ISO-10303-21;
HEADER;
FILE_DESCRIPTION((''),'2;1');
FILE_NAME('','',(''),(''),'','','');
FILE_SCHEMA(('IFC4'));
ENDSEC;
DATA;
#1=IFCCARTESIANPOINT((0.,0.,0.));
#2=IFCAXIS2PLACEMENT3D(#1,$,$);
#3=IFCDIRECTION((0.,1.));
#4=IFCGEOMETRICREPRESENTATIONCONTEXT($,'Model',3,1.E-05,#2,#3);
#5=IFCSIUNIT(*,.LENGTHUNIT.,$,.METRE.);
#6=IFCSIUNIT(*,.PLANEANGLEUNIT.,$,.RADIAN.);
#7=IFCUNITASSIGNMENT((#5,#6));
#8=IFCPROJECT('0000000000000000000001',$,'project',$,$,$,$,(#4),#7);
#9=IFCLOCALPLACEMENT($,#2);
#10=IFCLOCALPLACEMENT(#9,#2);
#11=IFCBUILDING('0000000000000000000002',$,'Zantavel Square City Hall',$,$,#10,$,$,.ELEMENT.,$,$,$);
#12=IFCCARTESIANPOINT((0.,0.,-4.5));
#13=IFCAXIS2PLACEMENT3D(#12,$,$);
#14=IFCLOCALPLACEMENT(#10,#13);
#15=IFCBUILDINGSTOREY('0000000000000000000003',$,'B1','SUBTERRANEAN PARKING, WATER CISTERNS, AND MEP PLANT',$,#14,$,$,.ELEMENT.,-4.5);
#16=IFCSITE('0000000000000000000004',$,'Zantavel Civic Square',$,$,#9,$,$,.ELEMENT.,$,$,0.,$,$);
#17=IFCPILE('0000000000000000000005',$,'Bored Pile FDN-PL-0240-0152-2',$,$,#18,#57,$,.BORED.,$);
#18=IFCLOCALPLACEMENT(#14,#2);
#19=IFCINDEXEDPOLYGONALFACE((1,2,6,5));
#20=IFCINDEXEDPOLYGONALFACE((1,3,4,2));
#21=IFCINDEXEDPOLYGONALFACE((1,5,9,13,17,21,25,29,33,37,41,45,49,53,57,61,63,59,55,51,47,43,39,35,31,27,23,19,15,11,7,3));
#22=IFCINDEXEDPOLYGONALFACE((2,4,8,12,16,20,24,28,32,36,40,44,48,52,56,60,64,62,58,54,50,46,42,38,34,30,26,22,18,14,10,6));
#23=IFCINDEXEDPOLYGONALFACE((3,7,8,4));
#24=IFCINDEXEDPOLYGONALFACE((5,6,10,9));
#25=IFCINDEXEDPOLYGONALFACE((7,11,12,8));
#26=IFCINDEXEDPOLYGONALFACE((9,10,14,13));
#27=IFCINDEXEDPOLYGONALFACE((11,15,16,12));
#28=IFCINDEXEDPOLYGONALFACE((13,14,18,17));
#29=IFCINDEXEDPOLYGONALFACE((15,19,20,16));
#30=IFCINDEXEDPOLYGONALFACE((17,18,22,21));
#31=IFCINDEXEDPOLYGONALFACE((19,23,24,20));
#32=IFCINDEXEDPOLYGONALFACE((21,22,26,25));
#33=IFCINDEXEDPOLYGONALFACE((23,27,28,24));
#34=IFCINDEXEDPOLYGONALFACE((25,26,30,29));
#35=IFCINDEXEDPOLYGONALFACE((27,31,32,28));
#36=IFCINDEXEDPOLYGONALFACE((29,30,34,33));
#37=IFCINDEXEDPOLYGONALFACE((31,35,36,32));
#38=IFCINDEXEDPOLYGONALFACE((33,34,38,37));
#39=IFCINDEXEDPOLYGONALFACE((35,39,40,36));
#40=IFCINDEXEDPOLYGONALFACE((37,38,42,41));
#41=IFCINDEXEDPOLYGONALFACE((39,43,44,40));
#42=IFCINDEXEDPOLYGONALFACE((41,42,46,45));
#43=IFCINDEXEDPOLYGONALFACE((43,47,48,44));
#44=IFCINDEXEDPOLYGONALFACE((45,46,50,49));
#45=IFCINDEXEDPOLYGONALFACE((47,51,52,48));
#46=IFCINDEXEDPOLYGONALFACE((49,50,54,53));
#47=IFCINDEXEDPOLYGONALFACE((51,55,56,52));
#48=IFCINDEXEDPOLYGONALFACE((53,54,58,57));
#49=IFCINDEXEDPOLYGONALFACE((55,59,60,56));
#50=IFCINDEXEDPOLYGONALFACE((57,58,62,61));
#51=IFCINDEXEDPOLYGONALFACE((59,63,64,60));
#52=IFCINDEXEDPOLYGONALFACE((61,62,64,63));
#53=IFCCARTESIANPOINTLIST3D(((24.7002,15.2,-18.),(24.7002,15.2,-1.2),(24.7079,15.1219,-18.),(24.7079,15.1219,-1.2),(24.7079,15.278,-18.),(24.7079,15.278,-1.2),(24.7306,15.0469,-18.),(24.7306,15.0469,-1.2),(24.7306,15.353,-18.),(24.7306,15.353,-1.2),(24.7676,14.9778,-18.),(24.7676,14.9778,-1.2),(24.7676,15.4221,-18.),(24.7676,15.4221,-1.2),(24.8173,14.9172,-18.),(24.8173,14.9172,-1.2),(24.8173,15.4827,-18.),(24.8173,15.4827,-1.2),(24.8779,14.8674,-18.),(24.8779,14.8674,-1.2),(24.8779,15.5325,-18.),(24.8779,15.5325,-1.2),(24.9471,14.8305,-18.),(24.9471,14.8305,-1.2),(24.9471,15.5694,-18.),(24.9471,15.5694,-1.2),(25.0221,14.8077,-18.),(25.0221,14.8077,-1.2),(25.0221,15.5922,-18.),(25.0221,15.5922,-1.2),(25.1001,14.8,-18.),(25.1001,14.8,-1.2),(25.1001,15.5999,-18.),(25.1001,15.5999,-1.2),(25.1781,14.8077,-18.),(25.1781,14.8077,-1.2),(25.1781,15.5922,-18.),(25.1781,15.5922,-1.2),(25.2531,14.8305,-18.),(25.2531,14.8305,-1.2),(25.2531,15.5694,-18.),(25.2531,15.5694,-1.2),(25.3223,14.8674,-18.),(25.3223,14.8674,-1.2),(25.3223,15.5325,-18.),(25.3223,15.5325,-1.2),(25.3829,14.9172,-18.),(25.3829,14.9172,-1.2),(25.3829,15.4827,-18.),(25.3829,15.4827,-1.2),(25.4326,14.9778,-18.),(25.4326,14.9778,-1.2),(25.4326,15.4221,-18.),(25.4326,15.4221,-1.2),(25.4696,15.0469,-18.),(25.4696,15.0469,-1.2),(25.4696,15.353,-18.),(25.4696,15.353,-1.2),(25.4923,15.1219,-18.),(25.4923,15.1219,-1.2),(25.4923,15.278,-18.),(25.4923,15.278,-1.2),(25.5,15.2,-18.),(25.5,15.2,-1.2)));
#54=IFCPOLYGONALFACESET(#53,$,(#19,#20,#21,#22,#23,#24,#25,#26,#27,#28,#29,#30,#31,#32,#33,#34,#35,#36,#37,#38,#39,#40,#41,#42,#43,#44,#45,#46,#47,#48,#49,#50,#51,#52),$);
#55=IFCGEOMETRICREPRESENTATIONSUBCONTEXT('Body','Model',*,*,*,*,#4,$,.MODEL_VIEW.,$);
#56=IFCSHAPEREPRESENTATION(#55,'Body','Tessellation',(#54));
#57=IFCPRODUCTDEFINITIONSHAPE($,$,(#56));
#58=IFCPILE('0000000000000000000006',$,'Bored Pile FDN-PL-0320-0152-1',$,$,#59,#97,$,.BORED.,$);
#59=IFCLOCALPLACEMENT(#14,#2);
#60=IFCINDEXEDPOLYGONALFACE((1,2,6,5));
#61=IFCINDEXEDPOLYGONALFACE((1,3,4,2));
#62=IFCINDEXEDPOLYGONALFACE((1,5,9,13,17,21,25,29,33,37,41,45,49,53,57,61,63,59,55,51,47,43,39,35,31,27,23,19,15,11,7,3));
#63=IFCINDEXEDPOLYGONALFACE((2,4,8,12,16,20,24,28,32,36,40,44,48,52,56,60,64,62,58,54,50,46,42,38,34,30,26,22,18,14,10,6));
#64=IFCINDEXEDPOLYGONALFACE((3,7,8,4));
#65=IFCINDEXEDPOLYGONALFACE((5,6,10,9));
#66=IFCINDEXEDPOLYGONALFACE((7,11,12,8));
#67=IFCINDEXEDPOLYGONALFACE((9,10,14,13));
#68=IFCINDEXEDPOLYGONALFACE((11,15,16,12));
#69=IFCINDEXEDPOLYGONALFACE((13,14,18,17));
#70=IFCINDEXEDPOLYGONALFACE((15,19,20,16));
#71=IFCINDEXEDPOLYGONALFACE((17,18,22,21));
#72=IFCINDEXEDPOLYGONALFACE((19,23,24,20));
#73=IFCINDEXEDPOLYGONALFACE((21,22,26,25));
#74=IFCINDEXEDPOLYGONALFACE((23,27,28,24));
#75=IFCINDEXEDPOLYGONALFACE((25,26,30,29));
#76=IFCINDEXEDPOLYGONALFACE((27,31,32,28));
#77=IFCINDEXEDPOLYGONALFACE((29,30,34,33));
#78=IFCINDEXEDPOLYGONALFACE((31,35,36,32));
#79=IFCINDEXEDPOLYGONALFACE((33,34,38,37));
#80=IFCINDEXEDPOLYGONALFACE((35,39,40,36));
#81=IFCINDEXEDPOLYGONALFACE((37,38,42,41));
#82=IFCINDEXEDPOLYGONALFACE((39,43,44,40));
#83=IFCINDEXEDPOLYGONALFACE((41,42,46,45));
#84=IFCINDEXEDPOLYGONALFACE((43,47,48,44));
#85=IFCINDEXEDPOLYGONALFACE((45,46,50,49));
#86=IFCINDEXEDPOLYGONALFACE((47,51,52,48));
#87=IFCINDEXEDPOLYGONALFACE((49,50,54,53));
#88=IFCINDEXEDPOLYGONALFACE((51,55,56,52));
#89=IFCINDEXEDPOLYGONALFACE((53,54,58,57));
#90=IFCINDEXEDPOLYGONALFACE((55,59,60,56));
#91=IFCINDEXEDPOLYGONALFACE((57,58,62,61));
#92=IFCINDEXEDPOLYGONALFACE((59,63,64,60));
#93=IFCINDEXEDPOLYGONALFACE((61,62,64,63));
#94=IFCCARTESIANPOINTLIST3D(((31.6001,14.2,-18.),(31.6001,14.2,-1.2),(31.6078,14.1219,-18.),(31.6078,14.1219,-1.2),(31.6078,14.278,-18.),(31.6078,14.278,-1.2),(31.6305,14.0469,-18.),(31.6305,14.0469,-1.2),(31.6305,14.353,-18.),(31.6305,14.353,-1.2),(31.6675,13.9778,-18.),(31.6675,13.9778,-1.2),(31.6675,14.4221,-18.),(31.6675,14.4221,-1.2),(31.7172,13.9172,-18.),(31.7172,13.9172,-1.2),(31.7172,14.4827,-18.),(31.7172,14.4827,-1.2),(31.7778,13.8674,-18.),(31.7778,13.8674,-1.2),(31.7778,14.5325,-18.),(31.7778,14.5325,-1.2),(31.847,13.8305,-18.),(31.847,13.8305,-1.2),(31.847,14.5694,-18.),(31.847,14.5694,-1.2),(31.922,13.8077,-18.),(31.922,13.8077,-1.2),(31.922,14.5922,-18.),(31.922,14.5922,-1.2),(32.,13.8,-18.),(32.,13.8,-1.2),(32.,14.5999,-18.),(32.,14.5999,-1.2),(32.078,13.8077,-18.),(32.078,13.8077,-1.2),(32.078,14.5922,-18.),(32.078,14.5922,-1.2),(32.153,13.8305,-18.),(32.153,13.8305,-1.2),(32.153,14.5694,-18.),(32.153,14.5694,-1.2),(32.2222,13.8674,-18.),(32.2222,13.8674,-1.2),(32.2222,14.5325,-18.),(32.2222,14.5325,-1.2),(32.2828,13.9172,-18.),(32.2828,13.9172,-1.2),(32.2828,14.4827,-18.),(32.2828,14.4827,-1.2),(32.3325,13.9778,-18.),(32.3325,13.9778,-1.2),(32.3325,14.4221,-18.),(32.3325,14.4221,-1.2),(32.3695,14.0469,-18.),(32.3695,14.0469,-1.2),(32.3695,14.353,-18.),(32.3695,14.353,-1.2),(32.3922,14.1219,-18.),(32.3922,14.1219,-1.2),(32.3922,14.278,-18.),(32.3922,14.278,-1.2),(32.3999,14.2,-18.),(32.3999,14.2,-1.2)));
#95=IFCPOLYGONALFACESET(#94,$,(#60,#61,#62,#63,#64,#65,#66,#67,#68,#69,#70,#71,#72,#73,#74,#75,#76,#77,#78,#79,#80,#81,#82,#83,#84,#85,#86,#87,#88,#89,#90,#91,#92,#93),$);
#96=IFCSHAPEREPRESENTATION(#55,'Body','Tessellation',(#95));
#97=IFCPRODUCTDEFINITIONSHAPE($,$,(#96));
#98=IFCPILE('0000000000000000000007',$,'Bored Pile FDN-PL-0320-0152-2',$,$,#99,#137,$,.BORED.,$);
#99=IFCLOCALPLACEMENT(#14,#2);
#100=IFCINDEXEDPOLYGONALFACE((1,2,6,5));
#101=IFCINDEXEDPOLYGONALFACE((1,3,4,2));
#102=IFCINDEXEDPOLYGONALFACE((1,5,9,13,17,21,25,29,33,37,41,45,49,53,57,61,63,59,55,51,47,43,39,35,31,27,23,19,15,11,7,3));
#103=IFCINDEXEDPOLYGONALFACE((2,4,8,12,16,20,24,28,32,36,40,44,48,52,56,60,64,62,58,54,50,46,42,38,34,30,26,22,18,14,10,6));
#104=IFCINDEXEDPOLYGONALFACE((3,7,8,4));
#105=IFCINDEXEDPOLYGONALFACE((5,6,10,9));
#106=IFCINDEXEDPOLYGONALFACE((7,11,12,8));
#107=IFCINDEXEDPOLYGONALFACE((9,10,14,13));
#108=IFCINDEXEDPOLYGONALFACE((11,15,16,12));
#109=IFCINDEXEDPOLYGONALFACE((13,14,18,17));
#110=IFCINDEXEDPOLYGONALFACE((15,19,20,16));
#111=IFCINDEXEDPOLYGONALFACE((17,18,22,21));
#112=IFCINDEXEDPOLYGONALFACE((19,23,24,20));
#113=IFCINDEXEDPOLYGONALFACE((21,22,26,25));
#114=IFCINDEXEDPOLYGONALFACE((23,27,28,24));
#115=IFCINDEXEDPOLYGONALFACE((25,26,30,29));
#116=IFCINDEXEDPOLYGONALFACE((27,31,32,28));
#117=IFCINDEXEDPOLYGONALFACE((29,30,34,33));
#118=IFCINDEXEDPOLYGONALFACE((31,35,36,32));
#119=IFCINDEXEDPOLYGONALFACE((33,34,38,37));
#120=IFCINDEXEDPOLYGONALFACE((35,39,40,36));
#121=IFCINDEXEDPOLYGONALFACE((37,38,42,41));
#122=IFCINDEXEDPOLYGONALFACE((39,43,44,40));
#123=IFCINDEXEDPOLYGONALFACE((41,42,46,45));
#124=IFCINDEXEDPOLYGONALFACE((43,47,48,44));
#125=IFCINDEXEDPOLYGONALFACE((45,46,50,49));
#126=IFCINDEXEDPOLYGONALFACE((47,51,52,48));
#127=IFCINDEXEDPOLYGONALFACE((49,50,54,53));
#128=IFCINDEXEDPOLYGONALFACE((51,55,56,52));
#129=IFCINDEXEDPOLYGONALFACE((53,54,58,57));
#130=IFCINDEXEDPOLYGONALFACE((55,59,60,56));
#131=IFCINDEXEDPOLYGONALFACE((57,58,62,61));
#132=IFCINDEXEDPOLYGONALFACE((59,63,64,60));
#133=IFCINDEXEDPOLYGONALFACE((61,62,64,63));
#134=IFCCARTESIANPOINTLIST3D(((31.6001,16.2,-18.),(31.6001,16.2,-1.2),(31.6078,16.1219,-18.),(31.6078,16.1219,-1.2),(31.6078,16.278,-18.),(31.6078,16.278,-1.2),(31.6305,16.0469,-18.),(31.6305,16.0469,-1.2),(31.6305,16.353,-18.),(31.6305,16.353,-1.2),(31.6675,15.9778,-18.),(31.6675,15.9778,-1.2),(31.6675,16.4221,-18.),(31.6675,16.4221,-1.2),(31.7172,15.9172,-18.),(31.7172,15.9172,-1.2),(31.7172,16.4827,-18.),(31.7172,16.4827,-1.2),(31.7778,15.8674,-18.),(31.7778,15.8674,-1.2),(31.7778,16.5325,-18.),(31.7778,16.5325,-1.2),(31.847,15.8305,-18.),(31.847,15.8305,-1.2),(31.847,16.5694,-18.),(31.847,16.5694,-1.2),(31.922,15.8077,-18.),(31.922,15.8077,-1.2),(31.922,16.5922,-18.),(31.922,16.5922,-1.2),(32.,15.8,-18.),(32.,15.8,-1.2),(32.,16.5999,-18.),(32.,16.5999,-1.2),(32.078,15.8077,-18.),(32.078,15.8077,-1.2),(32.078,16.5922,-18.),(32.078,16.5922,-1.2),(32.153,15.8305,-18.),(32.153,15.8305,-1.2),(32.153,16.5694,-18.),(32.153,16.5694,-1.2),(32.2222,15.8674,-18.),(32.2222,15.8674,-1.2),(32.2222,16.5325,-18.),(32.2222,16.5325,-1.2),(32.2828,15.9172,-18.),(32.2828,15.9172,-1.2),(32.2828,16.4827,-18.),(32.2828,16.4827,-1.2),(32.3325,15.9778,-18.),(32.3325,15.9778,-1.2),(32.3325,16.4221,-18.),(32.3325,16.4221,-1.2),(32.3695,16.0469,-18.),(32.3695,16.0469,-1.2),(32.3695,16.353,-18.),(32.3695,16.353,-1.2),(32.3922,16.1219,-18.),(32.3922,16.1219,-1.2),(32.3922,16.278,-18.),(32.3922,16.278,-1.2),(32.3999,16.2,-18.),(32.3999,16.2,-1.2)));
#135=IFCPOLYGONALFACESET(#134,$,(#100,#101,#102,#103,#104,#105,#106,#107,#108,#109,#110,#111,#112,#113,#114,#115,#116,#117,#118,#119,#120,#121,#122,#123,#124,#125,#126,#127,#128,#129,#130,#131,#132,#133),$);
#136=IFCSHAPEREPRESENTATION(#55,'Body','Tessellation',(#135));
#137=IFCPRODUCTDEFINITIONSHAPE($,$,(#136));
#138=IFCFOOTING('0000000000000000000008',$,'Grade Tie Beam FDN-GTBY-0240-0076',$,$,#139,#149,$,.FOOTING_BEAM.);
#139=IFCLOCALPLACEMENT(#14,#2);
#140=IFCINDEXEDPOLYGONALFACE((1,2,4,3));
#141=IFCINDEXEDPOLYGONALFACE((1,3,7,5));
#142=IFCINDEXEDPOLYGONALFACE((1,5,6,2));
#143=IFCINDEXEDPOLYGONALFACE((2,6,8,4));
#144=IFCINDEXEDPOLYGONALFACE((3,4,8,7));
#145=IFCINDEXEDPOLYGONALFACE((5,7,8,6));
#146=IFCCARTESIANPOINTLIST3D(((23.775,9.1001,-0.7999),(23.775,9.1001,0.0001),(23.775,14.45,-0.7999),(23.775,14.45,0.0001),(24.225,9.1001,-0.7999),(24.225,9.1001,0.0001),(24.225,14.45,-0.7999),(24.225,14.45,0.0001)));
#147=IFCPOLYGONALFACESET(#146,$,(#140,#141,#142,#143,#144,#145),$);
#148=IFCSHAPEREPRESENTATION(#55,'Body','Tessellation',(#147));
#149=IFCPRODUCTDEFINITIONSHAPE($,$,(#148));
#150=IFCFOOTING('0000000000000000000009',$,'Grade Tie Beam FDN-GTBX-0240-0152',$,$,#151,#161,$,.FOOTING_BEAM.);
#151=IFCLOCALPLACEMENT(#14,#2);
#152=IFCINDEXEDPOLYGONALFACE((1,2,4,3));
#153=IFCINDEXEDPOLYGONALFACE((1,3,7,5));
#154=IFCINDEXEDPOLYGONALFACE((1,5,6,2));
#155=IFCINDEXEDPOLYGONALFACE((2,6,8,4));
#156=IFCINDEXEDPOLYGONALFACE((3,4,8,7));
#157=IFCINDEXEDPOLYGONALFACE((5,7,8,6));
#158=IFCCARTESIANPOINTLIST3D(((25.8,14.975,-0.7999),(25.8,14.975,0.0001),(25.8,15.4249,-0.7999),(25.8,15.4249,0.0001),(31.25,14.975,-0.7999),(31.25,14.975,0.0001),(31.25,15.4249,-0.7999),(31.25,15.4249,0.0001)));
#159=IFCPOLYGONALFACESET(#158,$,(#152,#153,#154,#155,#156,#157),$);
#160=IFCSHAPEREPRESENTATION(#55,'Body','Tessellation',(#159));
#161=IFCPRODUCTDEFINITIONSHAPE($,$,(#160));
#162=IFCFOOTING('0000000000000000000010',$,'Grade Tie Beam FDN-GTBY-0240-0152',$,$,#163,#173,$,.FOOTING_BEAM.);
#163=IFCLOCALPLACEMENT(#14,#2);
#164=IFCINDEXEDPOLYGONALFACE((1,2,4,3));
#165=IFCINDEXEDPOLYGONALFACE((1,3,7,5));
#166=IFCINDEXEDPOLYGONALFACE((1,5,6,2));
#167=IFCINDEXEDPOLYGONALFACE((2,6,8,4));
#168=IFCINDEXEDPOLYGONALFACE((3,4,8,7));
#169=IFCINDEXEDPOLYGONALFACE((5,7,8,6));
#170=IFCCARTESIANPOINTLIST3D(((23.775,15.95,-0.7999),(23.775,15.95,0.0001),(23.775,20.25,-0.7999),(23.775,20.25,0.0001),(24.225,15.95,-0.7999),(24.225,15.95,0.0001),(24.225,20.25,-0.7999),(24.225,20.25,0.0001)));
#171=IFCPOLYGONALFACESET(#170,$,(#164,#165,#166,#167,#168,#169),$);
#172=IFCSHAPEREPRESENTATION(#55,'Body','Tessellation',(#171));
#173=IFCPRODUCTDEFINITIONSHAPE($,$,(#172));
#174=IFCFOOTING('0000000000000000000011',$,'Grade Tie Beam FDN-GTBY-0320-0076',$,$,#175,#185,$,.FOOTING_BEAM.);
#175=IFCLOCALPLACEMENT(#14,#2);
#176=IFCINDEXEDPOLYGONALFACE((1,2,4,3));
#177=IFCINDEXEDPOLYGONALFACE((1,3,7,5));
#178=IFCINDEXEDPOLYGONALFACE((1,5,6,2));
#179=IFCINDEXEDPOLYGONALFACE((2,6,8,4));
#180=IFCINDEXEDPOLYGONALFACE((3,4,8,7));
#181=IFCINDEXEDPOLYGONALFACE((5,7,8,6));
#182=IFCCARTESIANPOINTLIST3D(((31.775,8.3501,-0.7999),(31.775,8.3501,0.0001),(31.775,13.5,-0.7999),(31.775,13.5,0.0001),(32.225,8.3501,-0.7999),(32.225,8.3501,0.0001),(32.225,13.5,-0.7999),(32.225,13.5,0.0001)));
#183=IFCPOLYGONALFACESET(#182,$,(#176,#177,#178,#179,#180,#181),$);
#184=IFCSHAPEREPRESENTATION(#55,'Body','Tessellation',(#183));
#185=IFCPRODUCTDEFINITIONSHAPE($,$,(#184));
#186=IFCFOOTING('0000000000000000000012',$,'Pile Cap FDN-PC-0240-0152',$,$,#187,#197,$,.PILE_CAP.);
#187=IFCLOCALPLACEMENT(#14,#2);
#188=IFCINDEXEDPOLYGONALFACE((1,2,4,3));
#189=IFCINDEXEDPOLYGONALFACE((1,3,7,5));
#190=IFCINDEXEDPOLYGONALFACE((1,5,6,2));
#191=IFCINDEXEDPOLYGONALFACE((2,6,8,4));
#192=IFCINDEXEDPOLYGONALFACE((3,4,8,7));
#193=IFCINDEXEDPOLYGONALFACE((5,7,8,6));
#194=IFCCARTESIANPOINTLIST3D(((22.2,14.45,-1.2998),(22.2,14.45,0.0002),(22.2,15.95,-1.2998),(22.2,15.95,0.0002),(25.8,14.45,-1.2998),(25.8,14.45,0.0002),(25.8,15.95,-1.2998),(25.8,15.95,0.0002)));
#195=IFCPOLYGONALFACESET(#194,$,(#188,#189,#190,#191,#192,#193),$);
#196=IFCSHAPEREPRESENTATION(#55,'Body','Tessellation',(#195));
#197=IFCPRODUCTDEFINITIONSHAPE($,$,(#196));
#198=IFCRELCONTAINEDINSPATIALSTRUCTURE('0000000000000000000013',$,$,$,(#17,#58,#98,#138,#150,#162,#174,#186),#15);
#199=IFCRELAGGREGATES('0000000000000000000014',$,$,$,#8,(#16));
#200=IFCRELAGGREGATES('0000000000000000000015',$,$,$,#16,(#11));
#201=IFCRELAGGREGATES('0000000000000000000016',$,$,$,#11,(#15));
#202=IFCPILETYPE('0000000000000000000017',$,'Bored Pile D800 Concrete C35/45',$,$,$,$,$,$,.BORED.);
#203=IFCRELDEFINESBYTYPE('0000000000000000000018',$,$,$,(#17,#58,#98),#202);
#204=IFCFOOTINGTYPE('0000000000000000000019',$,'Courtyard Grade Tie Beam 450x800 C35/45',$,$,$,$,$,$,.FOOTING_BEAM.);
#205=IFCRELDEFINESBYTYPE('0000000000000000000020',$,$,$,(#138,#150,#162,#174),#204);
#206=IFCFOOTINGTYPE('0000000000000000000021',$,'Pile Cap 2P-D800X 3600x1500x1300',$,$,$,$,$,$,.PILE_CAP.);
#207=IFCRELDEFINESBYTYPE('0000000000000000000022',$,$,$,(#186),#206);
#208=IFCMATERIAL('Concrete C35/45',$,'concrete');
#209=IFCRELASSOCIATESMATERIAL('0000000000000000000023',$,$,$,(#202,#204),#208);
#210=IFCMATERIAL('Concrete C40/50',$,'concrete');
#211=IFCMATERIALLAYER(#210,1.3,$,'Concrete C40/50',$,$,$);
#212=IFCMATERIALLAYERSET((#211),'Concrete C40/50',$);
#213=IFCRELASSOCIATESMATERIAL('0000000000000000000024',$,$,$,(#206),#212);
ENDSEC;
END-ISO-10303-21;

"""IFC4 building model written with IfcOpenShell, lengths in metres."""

from ifc_helpers import new_model, si_unit, direction, frame, origin, origin_2d, place, context, subcontext, project, spatial, rectangle, circle, extrude, material, layer, layer_set, material_profile, profile_set, type_object, element, save


model = new_model("IFC4")

# Units and contexts
model_context = context("Model", 3, precision=1e-05, world=origin(), true_north=direction((0.0, 1.0)))
body_context = subcontext(model_context, "Body", "Model", "MODEL_VIEW")
ifc_project = project(units=[si_unit("LENGTHUNIT", "METRE"), si_unit("PLANEANGLEUNIT", "RADIAN")], contexts=[model_context])

# Site, building, storey
site_placement = place(None, origin())
site = spatial("IfcSite", under=ifc_project, at=site_placement, Name="Zantavel Civic Square", CompositionType="ELEMENT", RefElevation=0.0)
building_placement = place(site_placement, origin())
building = spatial("IfcBuilding", under=site, at=building_placement, Name="Zantavel Square City Hall", CompositionType="ELEMENT")
storey_placement = place(building_placement, frame((0.0, 0.0, -4.5)))
storey = spatial("IfcBuildingStorey", under=building, at=storey_placement, Name="B1", Description="SUBTERRANEAN PARKING, WATER CISTERNS, AND MEP PLANT", CompositionType="ELEMENT", Elevation=-4.5)

# Piles
ifc_material_1 = material(Name="Concrete C35/45", Category="concrete")
ifc_material_profile_1 = material_profile(ifc_material_1, circle(Radius=0.3999, at=origin_2d()), Name="PILE D800")
ifc_profile_set_1 = profile_set([ifc_material_profile_1], Name="Concrete C35/45")
pile_type_1 = type_object("IfcPileType", Name="Bored Pile D800 Concrete C35/45", PredefinedType="BORED", material=ifc_profile_set_1)
for number, where, z_axis, x_axis, name in (
    (1, (25.1001, 15.2, -1.2), (0.0, 0.0, -1.0), (1.0, 0.0, 0.0), "Bored Pile FDN-PL-0240-0152-2"),
    (2, (32.0, 14.2, -1.2), (0.0, 0.0, -1.0), (1.0, 0.0, 0.0), "Bored Pile FDN-PL-0320-0152-1"),
    (3, (32.0, 16.2, -1.2), (0.0, 0.0, -1.0), (1.0, 0.0, 0.0), "Bored Pile FDN-PL-0320-0152-2"),
):
    element("IfcPile", number, at=place(storey_placement, frame(where, z_axis=z_axis, x_axis=x_axis)), inside=storey, type_object=pile_type_1, Name=name, PredefinedType="BORED", context=body_context, shape_type="SweptSolid", body=[
        extrude(circle(Radius=0.3999, at=origin_2d()), origin(), (0.0, 0.0, 1.0), 16.8),
    ])

# Footings
ifc_material_profile_2 = material_profile(ifc_material_1, rectangle(XDim=0.45, YDim=0.8, at=origin_2d()), Name="RC 450x800")
ifc_profile_set_2 = profile_set([ifc_material_profile_2], Name="Concrete C35/45")
footing_type_1 = type_object("IfcFootingType", Name="Courtyard Grade Tie Beam 450x800 C35/45", PredefinedType="FOOTING_BEAM", material=ifc_profile_set_2)
footing_1_placement = place(storey_placement, frame((24.0, 9.1001, -0.3999), z_axis=(0.0, 1.0, 0.0), x_axis=(-1.0, 0.0, 0.0)))
element("IfcFooting", 4, at=footing_1_placement, inside=storey, type_object=footing_type_1, Name="Grade Tie Beam FDN-GTBY-0240-0076", PredefinedType="FOOTING_BEAM", context=body_context, shape_type="SweptSolid", body=[
    extrude(rectangle(XDim=0.45, YDim=0.8, at=origin_2d()), origin(), (0.0, 0.0, 1.0), 5.3499),
])
footing_2_placement = place(storey_placement, frame((25.8, 15.2, -0.3999), z_axis=(1.0, 0.0, 0.0), x_axis=(0.0, 1.0, 0.0)))
element("IfcFooting", 5, at=footing_2_placement, inside=storey, type_object=footing_type_1, Name="Grade Tie Beam FDN-GTBX-0240-0152", PredefinedType="FOOTING_BEAM", context=body_context, shape_type="SweptSolid", body=[
    extrude(rectangle(XDim=0.45, YDim=0.8, at=origin_2d()), origin(), (0.0, 0.0, 1.0), 5.45),
])
footing_3_placement = place(storey_placement, frame((24.0, 15.95, -0.3999), z_axis=(0.0, 1.0, 0.0), x_axis=(-1.0, 0.0, 0.0)))
element("IfcFooting", 6, at=footing_3_placement, inside=storey, type_object=footing_type_1, Name="Grade Tie Beam FDN-GTBY-0240-0152", PredefinedType="FOOTING_BEAM", context=body_context, shape_type="SweptSolid", body=[
    extrude(rectangle(XDim=0.45, YDim=0.8, at=origin_2d()), origin(), (0.0, 0.0, 1.0), 4.3),
])
footing_4_placement = place(storey_placement, frame((32.0, 8.3501, -0.3999), z_axis=(0.0, 1.0, 0.0), x_axis=(-1.0, 0.0, 0.0)))
element("IfcFooting", 7, at=footing_4_placement, inside=storey, type_object=footing_type_1, Name="Grade Tie Beam FDN-GTBY-0320-0076", PredefinedType="FOOTING_BEAM", context=body_context, shape_type="SweptSolid", body=[
    extrude(rectangle(XDim=0.45, YDim=0.8, at=origin_2d()), origin(), (0.0, 0.0, 1.0), 5.1499),
])
ifc_material_2 = material(Name="Concrete C40/50", Category="concrete")
ifc_layer_1 = layer(ifc_material_2, 1.3, Name="Concrete C40/50")
ifc_layer_set_1 = layer_set([ifc_layer_1], Name="Concrete C40/50")
footing_type_2 = type_object("IfcFootingType", Name="Pile Cap 2P-D800X 3600x1500x1300", PredefinedType="PILE_CAP", material=ifc_layer_set_1)
footing_5_placement = place(storey_placement, frame((24.0, 15.2, -1.2998), z_axis=(0.0, 0.0, 1.0), x_axis=(1.0, 0.0, 0.0)))
element("IfcFooting", 8, at=footing_5_placement, inside=storey, type_object=footing_type_2, Name="Pile Cap FDN-PC-0240-0152", PredefinedType="PILE_CAP", context=body_context, shape_type="SweptSolid", body=[
    extrude(rectangle(XDim=3.6001, YDim=1.5, at=origin_2d()), origin(), (0.0, 0.0, 1.0), 1.3),
])

save(model, "model.ifc")
